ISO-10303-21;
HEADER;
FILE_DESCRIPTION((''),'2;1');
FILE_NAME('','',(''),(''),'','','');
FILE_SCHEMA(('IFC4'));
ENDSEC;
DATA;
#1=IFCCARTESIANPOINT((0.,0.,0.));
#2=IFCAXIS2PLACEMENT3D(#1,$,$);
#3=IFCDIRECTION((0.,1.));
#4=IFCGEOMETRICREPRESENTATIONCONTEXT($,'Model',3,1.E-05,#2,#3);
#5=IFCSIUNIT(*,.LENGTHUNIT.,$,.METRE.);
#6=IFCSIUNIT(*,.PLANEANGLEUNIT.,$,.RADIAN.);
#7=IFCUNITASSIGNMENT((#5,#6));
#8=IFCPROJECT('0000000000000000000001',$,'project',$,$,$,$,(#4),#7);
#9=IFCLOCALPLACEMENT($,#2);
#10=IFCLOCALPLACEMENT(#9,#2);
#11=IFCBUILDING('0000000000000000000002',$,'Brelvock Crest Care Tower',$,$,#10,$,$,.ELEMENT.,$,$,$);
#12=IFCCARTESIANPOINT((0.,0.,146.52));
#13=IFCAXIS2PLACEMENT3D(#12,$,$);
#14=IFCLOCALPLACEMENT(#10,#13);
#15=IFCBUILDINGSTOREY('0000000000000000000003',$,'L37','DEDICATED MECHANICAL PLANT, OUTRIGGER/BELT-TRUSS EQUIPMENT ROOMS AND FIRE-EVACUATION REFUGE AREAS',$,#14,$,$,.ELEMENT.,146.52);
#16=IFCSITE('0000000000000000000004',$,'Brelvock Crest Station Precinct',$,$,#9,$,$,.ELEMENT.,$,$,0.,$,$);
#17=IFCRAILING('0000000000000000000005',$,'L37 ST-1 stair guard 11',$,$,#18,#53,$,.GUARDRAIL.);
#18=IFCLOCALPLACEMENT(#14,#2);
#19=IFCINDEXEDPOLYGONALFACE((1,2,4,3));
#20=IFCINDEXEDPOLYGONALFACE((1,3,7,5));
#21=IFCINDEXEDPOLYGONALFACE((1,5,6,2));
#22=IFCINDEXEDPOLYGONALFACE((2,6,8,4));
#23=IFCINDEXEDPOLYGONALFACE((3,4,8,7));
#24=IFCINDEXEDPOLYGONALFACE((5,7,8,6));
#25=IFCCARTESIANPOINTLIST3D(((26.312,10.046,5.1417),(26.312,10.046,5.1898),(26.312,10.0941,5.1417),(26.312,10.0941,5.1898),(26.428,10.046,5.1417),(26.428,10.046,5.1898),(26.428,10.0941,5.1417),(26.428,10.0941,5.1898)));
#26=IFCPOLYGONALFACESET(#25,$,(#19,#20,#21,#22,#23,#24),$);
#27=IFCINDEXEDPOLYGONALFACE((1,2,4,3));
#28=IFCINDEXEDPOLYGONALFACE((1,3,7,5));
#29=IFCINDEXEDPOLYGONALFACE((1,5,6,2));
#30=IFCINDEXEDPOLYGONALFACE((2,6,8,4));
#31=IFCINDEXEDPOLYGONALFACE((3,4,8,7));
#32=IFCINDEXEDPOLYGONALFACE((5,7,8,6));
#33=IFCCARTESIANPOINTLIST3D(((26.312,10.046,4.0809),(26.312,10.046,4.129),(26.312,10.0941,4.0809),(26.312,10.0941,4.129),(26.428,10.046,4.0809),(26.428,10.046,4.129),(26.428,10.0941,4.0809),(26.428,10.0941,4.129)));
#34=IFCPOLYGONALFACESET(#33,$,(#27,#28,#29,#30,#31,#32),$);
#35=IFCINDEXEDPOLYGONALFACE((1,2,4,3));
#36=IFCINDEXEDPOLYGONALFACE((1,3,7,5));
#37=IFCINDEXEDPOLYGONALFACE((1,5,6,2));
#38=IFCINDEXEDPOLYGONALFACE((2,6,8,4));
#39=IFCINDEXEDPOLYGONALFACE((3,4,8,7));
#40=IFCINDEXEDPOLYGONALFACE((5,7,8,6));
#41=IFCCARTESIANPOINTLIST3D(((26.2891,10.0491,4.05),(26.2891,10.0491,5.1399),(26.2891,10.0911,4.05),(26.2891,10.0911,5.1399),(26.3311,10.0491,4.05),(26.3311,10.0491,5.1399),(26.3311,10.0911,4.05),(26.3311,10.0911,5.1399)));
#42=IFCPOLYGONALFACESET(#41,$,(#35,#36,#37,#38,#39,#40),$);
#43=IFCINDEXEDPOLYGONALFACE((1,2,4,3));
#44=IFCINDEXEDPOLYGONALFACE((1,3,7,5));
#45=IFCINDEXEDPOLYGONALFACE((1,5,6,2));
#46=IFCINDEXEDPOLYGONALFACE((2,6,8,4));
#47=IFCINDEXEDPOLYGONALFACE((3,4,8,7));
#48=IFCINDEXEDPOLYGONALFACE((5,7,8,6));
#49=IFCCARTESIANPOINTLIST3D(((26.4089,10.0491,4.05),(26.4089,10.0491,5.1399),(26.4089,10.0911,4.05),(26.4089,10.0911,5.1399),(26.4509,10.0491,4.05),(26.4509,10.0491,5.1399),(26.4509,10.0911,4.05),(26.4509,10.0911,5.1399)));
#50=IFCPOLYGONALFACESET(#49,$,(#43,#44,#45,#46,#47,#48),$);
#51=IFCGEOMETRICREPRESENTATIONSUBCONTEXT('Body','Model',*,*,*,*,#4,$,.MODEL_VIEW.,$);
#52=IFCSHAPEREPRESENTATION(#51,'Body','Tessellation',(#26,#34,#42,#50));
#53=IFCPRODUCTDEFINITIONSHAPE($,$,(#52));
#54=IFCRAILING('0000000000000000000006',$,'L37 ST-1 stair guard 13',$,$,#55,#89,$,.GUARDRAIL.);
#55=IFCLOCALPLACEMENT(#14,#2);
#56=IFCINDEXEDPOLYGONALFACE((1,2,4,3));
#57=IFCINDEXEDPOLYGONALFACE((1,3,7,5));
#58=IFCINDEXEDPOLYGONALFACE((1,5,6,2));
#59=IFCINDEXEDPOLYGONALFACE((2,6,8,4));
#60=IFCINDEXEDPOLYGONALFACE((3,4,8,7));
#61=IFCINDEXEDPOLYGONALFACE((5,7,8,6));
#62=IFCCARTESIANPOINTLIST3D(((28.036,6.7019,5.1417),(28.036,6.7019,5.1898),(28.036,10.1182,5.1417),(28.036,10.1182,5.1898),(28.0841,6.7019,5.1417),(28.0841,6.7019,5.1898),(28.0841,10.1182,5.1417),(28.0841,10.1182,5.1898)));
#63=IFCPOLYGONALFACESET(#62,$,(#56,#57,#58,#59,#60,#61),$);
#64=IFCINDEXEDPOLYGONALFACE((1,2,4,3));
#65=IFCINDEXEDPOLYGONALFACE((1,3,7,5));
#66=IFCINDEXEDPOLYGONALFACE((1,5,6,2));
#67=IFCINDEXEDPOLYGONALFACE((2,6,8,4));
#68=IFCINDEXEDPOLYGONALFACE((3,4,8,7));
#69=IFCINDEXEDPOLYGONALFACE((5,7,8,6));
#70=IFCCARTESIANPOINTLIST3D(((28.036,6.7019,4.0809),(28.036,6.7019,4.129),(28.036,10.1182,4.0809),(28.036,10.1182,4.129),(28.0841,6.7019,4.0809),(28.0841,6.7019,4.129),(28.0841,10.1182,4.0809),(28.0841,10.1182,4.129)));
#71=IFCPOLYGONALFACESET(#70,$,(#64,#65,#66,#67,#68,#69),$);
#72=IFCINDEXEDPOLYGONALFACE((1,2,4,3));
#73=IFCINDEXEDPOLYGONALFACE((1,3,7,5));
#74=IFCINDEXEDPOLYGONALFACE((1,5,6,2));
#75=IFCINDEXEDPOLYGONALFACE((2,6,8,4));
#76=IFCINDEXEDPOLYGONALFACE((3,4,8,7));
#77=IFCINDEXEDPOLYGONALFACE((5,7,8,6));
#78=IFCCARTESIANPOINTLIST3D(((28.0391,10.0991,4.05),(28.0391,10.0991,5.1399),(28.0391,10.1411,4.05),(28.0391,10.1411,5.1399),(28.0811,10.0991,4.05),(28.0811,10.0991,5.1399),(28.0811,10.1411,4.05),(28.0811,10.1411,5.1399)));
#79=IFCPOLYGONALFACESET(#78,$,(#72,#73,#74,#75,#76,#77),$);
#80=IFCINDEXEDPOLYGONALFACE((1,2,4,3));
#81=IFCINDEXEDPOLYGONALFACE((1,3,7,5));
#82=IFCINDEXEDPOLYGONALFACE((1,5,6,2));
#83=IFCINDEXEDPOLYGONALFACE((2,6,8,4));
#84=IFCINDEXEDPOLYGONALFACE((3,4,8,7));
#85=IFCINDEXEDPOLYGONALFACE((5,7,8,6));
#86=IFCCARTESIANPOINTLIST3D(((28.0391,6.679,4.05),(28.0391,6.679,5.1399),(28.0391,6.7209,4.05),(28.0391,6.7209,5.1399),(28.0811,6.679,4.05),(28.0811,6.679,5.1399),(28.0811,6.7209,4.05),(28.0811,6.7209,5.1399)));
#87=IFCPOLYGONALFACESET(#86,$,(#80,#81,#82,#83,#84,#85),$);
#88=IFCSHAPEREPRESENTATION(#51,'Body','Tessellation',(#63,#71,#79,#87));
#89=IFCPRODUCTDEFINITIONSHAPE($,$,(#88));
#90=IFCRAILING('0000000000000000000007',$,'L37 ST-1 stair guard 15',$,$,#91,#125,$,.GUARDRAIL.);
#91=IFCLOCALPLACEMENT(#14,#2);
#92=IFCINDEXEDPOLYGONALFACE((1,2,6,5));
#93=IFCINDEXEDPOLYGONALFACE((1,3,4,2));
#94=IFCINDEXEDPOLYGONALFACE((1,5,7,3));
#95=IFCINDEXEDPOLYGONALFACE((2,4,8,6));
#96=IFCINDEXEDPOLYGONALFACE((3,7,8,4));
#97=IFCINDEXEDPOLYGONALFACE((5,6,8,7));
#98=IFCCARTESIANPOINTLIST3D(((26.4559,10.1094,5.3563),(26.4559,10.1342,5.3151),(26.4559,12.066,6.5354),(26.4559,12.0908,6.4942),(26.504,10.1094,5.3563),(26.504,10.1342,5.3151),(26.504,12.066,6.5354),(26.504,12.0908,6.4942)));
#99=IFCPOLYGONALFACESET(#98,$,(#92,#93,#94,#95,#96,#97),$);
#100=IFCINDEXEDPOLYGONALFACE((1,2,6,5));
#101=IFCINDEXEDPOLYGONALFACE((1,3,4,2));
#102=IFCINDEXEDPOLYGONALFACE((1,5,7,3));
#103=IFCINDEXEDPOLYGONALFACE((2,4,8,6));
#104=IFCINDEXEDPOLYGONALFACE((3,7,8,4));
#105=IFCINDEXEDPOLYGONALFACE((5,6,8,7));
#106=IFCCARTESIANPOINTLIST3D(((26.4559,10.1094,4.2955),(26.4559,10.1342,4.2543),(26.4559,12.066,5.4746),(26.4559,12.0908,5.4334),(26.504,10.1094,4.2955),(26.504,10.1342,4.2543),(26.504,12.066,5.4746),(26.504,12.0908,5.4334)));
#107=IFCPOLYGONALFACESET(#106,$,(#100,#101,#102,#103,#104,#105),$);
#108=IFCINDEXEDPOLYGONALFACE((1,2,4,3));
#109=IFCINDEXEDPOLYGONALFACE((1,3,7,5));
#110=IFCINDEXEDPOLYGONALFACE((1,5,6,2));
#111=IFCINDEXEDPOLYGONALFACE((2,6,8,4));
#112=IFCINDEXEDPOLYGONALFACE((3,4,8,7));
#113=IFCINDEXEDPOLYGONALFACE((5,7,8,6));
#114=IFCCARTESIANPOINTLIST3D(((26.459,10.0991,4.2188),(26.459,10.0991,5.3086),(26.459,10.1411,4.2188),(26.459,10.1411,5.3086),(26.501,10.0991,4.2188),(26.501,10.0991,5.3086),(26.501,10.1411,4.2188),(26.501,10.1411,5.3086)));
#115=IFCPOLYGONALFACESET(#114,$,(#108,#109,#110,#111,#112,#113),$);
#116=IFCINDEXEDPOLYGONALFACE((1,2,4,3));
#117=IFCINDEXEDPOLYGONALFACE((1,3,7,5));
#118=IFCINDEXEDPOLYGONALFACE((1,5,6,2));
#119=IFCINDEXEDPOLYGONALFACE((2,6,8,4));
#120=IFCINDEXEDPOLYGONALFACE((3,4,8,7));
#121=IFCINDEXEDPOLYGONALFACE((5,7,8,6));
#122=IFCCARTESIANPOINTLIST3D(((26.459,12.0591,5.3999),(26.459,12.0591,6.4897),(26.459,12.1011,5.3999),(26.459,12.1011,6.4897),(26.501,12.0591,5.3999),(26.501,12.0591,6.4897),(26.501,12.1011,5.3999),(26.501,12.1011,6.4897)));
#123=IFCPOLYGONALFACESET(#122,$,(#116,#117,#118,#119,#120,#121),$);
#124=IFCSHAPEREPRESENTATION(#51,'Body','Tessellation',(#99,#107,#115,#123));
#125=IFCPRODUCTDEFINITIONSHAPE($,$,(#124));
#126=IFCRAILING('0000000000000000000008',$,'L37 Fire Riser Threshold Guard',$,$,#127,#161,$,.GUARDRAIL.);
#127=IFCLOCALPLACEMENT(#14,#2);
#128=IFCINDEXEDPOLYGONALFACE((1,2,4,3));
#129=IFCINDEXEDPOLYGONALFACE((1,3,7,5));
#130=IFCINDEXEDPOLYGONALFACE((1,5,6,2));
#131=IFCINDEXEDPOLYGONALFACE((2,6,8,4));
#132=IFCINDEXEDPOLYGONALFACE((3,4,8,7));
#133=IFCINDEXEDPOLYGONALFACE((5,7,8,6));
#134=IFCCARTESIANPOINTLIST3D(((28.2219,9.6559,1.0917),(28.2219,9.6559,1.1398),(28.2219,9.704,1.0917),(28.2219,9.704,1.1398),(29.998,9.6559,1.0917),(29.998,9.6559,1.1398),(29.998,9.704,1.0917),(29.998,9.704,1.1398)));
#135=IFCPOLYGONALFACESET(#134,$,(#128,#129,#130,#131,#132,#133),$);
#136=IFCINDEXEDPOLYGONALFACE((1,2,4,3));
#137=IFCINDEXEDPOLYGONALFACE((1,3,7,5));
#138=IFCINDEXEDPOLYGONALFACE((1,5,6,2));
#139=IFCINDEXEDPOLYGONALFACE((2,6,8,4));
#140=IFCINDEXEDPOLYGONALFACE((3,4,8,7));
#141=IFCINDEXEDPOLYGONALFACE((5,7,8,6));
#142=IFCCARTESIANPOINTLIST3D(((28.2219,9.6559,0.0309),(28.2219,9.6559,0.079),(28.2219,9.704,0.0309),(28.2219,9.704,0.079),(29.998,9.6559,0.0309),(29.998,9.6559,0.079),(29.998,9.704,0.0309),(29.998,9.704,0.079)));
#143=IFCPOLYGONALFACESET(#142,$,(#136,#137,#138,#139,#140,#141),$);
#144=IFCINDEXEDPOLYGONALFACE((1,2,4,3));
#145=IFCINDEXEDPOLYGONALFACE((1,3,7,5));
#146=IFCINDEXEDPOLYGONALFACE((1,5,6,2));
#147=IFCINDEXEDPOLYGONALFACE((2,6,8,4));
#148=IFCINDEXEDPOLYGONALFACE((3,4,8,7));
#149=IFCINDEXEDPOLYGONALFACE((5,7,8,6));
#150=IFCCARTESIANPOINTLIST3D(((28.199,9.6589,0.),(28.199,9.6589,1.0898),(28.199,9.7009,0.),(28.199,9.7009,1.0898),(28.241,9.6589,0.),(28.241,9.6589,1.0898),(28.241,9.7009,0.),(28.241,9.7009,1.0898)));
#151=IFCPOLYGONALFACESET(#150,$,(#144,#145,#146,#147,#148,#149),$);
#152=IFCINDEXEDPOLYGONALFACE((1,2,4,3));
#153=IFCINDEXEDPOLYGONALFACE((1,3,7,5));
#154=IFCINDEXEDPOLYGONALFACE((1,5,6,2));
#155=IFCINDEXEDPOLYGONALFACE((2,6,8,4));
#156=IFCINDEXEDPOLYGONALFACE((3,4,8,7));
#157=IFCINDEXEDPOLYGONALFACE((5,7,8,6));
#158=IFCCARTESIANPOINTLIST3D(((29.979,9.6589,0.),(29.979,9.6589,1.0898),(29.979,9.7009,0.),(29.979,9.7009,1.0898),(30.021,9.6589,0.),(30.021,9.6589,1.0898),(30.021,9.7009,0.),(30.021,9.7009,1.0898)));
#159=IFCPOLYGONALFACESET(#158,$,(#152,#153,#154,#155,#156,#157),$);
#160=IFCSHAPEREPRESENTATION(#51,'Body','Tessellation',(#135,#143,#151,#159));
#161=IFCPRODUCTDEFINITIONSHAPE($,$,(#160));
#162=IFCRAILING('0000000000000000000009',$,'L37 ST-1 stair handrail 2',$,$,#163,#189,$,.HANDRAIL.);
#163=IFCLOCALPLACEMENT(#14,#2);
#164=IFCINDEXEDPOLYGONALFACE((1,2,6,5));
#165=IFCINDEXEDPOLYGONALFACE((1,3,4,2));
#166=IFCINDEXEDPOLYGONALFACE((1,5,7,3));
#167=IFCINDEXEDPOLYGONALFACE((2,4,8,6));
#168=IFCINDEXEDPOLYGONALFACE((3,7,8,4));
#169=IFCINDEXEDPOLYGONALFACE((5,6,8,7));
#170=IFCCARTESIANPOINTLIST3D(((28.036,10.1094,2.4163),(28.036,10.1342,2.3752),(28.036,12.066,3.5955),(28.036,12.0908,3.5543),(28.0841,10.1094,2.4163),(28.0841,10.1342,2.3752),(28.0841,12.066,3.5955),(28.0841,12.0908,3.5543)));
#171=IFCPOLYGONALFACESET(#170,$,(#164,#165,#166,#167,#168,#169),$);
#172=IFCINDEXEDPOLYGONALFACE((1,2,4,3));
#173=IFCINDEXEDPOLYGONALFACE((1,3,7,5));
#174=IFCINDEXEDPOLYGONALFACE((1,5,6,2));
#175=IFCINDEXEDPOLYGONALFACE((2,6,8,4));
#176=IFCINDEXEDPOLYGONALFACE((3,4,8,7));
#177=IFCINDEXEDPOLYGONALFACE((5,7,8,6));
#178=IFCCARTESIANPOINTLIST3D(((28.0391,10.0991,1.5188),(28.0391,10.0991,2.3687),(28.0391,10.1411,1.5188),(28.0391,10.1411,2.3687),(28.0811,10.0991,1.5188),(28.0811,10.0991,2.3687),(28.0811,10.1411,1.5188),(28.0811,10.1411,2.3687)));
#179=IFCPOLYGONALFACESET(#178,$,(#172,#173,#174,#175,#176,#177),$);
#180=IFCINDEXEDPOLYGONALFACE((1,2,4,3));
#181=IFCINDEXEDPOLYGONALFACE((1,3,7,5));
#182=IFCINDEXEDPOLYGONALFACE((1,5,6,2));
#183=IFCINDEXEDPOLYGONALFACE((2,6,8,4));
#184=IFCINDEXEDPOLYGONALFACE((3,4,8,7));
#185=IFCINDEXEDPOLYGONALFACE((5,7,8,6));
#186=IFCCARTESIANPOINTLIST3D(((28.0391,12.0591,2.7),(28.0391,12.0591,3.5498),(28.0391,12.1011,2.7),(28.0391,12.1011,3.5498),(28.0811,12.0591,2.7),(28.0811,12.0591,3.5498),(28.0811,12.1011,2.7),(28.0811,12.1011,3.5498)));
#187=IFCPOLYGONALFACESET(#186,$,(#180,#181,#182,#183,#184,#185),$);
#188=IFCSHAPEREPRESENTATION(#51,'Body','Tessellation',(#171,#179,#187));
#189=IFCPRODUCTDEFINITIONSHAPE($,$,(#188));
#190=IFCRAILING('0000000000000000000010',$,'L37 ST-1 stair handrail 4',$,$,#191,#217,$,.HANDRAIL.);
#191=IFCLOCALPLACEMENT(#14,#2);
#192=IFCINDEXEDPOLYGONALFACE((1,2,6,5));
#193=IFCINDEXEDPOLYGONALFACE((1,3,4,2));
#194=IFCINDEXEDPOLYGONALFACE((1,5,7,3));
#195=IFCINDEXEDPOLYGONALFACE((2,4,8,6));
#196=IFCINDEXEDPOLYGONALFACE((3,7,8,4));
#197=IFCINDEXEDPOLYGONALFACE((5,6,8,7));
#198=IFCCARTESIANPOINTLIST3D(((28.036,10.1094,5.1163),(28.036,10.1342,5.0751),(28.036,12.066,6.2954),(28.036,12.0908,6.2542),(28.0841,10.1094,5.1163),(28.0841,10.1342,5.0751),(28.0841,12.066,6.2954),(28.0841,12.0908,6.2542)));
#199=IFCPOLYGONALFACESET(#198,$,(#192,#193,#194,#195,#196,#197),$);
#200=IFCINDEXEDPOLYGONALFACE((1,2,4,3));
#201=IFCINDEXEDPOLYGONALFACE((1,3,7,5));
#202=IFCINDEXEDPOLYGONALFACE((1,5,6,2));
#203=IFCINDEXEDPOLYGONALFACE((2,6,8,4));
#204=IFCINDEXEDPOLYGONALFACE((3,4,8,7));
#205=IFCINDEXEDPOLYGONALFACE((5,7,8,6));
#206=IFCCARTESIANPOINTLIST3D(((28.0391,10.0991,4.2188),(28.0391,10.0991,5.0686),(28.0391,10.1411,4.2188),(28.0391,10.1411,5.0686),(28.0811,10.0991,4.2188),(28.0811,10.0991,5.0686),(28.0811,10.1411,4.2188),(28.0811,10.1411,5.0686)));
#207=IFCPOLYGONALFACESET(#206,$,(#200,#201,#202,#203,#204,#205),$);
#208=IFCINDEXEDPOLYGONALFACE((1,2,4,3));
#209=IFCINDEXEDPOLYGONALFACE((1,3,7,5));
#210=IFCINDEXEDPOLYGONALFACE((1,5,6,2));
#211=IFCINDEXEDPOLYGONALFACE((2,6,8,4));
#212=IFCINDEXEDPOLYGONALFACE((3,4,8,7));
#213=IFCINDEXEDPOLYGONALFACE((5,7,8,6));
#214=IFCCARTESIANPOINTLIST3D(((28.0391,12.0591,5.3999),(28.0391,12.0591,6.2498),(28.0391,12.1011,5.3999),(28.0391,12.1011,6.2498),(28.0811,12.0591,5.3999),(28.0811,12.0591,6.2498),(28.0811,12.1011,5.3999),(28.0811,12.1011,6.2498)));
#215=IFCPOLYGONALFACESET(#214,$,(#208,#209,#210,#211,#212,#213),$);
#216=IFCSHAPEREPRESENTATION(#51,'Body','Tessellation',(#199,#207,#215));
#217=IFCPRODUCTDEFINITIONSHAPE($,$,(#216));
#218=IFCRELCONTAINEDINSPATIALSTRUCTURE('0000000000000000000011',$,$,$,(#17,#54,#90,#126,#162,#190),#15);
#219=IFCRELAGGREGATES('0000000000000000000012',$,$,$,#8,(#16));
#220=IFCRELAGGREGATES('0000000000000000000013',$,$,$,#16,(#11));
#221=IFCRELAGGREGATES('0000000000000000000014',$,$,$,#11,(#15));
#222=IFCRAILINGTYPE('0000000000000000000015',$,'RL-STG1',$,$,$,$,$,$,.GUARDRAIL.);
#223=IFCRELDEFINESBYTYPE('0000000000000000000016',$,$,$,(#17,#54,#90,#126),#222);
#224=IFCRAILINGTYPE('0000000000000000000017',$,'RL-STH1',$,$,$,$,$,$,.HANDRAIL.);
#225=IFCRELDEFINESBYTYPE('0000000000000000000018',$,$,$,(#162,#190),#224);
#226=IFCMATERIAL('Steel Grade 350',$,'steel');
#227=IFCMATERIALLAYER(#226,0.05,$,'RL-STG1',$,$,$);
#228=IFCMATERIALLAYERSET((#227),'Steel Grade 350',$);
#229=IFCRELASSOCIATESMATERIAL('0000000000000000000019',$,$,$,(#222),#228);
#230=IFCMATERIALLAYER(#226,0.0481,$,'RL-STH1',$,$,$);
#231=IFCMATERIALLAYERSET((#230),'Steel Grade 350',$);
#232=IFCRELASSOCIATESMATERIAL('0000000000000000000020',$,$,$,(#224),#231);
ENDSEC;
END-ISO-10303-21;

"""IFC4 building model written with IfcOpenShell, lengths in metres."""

from ifc_helpers import new_model, si_unit, direction, frame, origin, origin_2d, place, context, subcontext, project, spatial, rectangle, extrude, material, layer, layer_set, type_object, element, save


model = new_model("IFC4")

# Units and contexts
model_context = context("Model", 3, precision=1e-05, world=origin(), true_north=direction((0.0, 1.0)))
body_context = subcontext(model_context, "Body", "Model", "MODEL_VIEW")
ifc_project = project(units=[si_unit("LENGTHUNIT", "METRE"), si_unit("PLANEANGLEUNIT", "RADIAN")], contexts=[model_context])

# Site, building, storey
site_placement = place(None, origin())
site = spatial("IfcSite", under=ifc_project, at=site_placement, Name="Brelvock Crest Station Precinct", CompositionType="ELEMENT", RefElevation=0.0)
building_placement = place(site_placement, origin())
building = spatial("IfcBuilding", under=site, at=building_placement, Name="Brelvock Crest Care Tower", CompositionType="ELEMENT")
storey_placement = place(building_placement, frame((0.0, 0.0, 146.52)))
storey = spatial("IfcBuildingStorey", under=building, at=storey_placement, Name="L37", Description="DEDICATED MECHANICAL PLANT, OUTRIGGER/BELT-TRUSS EQUIPMENT ROOMS AND FIRE-EVACUATION REFUGE AREAS", CompositionType="ELEMENT", Elevation=146.52)

# Shared definitions
ifc_material_1 = material(Name="Steel Grade 350", Category="steel")

# Railings
ifc_layer_1 = layer(ifc_material_1, 0.05, Name="RL-STG1")
ifc_layer_set_1 = layer_set([ifc_layer_1], Name="Steel Grade 350")
railing_type_1 = type_object("IfcRailingType", Name="RL-STG1", PredefinedType="GUARDRAIL", material=ifc_layer_set_1)
railing_1_placement = place(storey_placement, frame((26.3101, 10.0701, 4.05)))
element("IfcRailing", 1, at=railing_1_placement, inside=storey, type_object=railing_type_1, Name="L37 ST-1 stair guard 11", PredefinedType="GUARDRAIL", context=body_context, shape_type="SweptSolid", body=[
    extrude(rectangle(XDim=0.0481, YDim=0.0481, at=origin_2d()), frame((0.002, 0.0, 1.1157), z_axis=(1.0, 0.0, 0.0), x_axis=(0.0, 1.0, 0.0)), (0.0, 0.0, 1.0), 0.116),
    extrude(rectangle(XDim=0.0481, YDim=0.0481, at=origin_2d()), frame((0.002, 0.0, 0.0549), z_axis=(1.0, 0.0, 0.0), x_axis=(0.0, 1.0, 0.0)), (0.0, 0.0, 1.0), 0.116),
    extrude(rectangle(XDim=0.042, YDim=0.042, at=origin_2d()), origin(), (0.0, 0.0, 1.0), 1.0898),
    extrude(rectangle(XDim=0.042, YDim=0.042, at=origin_2d()), frame((0.1199, 0.0, 0.0)), (0.0, 0.0, 1.0), 1.0898),
])
railing_2_placement = place(storey_placement, frame((28.0601, 10.1201, 4.05)))
element("IfcRailing", 2, at=railing_2_placement, inside=storey, type_object=railing_type_1, Name="L37 ST-1 stair guard 13", PredefinedType="GUARDRAIL", context=body_context, shape_type="SweptSolid", body=[
    extrude(rectangle(XDim=0.0481, YDim=0.0481, at=origin_2d()), frame((0.0, -0.002, 1.1157), z_axis=(0.0, -1.0, 0.0), x_axis=(1.0, 0.0, 0.0)), (0.0, 0.0, 1.0), 3.4163),
    extrude(rectangle(XDim=0.0481, YDim=0.0481, at=origin_2d()), frame((0.0, -0.002, 0.0549), z_axis=(0.0, -1.0, 0.0), x_axis=(1.0, 0.0, 0.0)), (0.0, 0.0, 1.0), 3.4163),
    extrude(rectangle(XDim=0.042, YDim=0.042, at=origin_2d()), origin(), (0.0, 0.0, 1.0), 1.0898),
    extrude(rectangle(XDim=0.042, YDim=0.042, at=origin_2d()), frame((0.0, -3.4202, 0.0)), (0.0, 0.0, 1.0), 1.0898),
])
railing_3_placement = place(storey_placement, frame((26.48, 10.1201, 4.2188)))
element("IfcRailing", 3, at=railing_3_placement, inside=storey, type_object=railing_type_1, Name="L37 ST-1 stair guard 15", PredefinedType="GUARDRAIL", context=body_context, shape_type="SweptSolid", body=[
    extrude(rectangle(XDim=0.0481, YDim=0.0481, at=origin_2d()), frame((0.0, 0.0017, 1.1169), z_axis=(0.0, 0.856493, 0.516158), x_axis=(-1.0, 0.0, 0.0)), (0.0, 0.0, 1.0), 2.2844),
    extrude(rectangle(XDim=0.0481, YDim=0.0481, at=origin_2d()), frame((0.0, 0.0017, 0.0562), z_axis=(0.0, 0.856493, 0.516158), x_axis=(-1.0, 0.0, 0.0)), (0.0, 0.0, 1.0), 2.2844),
    extrude(rectangle(XDim=0.042, YDim=0.042, at=origin_2d()), origin(), (0.0, 0.0, 1.0), 1.0898),
    extrude(rectangle(XDim=0.042, YDim=0.042, at=origin_2d()), frame((0.0, 1.96, 1.1812)), (0.0, 0.0, 1.0), 1.0898),
])
railing_4_placement = place(storey_placement, frame((28.22, 9.6799, 0.0)))
element("IfcRailing", 4, at=railing_4_placement, inside=storey, type_object=railing_type_1, Name="L37 Fire Riser Threshold Guard", PredefinedType="GUARDRAIL", context=body_context, shape_type="SweptSolid", body=[
    extrude(rectangle(XDim=0.0481, YDim=0.0481, at=origin_2d()), frame((0.002, 0.0, 1.1157), z_axis=(1.0, 0.0, 0.0), x_axis=(0.0, 1.0, 0.0)), (0.0, 0.0, 1.0), 1.7761),
    extrude(rectangle(XDim=0.0481, YDim=0.0481, at=origin_2d()), frame((0.002, 0.0, 0.0549), z_axis=(1.0, 0.0, 0.0), x_axis=(0.0, 1.0, 0.0)), (0.0, 0.0, 1.0), 1.7761),
    extrude(rectangle(XDim=0.042, YDim=0.042, at=origin_2d()), origin(), (0.0, 0.0, 1.0), 1.0898),
    extrude(rectangle(XDim=0.042, YDim=0.042, at=origin_2d()), frame((1.78, 0.0, 0.0)), (0.0, 0.0, 1.0), 1.0898),
])
ifc_layer_2 = layer(ifc_material_1, 0.0481, Name="RL-STH1")
ifc_layer_set_2 = layer_set([ifc_layer_2], Name="Steel Grade 350")
railing_type_2 = type_object("IfcRailingType", Name="RL-STH1", PredefinedType="HANDRAIL", material=ifc_layer_set_2)
for number, where, name in (
    (5, (28.0601, 10.1201, 1.5188), "L37 ST-1 stair handrail 2"),
    (6, (28.0601, 10.1201, 4.2188), "L37 ST-1 stair handrail 4"),
):
    element("IfcRailing", number, at=place(storey_placement, frame(where)), inside=storey, type_object=railing_type_2, Name=name, PredefinedType="HANDRAIL", context=body_context, shape_type="SweptSolid", body=[
        extrude(rectangle(XDim=0.0481, YDim=0.0481, at=origin_2d()), frame((0.0, 0.0017, 0.877), z_axis=(0.0, 0.856493, 0.516158), x_axis=(-1.0, 0.0, 0.0)), (0.0, 0.0, 1.0), 2.2844),
        extrude(rectangle(XDim=0.042, YDim=0.042, at=origin_2d()), origin(), (0.0, 0.0, 1.0), 0.8499),
        extrude(rectangle(XDim=0.042, YDim=0.042, at=origin_2d()), frame((0.0, 1.96, 1.1812)), (0.0, 0.0, 1.0), 0.8499),
    ])

save(model, "model.ifc")
